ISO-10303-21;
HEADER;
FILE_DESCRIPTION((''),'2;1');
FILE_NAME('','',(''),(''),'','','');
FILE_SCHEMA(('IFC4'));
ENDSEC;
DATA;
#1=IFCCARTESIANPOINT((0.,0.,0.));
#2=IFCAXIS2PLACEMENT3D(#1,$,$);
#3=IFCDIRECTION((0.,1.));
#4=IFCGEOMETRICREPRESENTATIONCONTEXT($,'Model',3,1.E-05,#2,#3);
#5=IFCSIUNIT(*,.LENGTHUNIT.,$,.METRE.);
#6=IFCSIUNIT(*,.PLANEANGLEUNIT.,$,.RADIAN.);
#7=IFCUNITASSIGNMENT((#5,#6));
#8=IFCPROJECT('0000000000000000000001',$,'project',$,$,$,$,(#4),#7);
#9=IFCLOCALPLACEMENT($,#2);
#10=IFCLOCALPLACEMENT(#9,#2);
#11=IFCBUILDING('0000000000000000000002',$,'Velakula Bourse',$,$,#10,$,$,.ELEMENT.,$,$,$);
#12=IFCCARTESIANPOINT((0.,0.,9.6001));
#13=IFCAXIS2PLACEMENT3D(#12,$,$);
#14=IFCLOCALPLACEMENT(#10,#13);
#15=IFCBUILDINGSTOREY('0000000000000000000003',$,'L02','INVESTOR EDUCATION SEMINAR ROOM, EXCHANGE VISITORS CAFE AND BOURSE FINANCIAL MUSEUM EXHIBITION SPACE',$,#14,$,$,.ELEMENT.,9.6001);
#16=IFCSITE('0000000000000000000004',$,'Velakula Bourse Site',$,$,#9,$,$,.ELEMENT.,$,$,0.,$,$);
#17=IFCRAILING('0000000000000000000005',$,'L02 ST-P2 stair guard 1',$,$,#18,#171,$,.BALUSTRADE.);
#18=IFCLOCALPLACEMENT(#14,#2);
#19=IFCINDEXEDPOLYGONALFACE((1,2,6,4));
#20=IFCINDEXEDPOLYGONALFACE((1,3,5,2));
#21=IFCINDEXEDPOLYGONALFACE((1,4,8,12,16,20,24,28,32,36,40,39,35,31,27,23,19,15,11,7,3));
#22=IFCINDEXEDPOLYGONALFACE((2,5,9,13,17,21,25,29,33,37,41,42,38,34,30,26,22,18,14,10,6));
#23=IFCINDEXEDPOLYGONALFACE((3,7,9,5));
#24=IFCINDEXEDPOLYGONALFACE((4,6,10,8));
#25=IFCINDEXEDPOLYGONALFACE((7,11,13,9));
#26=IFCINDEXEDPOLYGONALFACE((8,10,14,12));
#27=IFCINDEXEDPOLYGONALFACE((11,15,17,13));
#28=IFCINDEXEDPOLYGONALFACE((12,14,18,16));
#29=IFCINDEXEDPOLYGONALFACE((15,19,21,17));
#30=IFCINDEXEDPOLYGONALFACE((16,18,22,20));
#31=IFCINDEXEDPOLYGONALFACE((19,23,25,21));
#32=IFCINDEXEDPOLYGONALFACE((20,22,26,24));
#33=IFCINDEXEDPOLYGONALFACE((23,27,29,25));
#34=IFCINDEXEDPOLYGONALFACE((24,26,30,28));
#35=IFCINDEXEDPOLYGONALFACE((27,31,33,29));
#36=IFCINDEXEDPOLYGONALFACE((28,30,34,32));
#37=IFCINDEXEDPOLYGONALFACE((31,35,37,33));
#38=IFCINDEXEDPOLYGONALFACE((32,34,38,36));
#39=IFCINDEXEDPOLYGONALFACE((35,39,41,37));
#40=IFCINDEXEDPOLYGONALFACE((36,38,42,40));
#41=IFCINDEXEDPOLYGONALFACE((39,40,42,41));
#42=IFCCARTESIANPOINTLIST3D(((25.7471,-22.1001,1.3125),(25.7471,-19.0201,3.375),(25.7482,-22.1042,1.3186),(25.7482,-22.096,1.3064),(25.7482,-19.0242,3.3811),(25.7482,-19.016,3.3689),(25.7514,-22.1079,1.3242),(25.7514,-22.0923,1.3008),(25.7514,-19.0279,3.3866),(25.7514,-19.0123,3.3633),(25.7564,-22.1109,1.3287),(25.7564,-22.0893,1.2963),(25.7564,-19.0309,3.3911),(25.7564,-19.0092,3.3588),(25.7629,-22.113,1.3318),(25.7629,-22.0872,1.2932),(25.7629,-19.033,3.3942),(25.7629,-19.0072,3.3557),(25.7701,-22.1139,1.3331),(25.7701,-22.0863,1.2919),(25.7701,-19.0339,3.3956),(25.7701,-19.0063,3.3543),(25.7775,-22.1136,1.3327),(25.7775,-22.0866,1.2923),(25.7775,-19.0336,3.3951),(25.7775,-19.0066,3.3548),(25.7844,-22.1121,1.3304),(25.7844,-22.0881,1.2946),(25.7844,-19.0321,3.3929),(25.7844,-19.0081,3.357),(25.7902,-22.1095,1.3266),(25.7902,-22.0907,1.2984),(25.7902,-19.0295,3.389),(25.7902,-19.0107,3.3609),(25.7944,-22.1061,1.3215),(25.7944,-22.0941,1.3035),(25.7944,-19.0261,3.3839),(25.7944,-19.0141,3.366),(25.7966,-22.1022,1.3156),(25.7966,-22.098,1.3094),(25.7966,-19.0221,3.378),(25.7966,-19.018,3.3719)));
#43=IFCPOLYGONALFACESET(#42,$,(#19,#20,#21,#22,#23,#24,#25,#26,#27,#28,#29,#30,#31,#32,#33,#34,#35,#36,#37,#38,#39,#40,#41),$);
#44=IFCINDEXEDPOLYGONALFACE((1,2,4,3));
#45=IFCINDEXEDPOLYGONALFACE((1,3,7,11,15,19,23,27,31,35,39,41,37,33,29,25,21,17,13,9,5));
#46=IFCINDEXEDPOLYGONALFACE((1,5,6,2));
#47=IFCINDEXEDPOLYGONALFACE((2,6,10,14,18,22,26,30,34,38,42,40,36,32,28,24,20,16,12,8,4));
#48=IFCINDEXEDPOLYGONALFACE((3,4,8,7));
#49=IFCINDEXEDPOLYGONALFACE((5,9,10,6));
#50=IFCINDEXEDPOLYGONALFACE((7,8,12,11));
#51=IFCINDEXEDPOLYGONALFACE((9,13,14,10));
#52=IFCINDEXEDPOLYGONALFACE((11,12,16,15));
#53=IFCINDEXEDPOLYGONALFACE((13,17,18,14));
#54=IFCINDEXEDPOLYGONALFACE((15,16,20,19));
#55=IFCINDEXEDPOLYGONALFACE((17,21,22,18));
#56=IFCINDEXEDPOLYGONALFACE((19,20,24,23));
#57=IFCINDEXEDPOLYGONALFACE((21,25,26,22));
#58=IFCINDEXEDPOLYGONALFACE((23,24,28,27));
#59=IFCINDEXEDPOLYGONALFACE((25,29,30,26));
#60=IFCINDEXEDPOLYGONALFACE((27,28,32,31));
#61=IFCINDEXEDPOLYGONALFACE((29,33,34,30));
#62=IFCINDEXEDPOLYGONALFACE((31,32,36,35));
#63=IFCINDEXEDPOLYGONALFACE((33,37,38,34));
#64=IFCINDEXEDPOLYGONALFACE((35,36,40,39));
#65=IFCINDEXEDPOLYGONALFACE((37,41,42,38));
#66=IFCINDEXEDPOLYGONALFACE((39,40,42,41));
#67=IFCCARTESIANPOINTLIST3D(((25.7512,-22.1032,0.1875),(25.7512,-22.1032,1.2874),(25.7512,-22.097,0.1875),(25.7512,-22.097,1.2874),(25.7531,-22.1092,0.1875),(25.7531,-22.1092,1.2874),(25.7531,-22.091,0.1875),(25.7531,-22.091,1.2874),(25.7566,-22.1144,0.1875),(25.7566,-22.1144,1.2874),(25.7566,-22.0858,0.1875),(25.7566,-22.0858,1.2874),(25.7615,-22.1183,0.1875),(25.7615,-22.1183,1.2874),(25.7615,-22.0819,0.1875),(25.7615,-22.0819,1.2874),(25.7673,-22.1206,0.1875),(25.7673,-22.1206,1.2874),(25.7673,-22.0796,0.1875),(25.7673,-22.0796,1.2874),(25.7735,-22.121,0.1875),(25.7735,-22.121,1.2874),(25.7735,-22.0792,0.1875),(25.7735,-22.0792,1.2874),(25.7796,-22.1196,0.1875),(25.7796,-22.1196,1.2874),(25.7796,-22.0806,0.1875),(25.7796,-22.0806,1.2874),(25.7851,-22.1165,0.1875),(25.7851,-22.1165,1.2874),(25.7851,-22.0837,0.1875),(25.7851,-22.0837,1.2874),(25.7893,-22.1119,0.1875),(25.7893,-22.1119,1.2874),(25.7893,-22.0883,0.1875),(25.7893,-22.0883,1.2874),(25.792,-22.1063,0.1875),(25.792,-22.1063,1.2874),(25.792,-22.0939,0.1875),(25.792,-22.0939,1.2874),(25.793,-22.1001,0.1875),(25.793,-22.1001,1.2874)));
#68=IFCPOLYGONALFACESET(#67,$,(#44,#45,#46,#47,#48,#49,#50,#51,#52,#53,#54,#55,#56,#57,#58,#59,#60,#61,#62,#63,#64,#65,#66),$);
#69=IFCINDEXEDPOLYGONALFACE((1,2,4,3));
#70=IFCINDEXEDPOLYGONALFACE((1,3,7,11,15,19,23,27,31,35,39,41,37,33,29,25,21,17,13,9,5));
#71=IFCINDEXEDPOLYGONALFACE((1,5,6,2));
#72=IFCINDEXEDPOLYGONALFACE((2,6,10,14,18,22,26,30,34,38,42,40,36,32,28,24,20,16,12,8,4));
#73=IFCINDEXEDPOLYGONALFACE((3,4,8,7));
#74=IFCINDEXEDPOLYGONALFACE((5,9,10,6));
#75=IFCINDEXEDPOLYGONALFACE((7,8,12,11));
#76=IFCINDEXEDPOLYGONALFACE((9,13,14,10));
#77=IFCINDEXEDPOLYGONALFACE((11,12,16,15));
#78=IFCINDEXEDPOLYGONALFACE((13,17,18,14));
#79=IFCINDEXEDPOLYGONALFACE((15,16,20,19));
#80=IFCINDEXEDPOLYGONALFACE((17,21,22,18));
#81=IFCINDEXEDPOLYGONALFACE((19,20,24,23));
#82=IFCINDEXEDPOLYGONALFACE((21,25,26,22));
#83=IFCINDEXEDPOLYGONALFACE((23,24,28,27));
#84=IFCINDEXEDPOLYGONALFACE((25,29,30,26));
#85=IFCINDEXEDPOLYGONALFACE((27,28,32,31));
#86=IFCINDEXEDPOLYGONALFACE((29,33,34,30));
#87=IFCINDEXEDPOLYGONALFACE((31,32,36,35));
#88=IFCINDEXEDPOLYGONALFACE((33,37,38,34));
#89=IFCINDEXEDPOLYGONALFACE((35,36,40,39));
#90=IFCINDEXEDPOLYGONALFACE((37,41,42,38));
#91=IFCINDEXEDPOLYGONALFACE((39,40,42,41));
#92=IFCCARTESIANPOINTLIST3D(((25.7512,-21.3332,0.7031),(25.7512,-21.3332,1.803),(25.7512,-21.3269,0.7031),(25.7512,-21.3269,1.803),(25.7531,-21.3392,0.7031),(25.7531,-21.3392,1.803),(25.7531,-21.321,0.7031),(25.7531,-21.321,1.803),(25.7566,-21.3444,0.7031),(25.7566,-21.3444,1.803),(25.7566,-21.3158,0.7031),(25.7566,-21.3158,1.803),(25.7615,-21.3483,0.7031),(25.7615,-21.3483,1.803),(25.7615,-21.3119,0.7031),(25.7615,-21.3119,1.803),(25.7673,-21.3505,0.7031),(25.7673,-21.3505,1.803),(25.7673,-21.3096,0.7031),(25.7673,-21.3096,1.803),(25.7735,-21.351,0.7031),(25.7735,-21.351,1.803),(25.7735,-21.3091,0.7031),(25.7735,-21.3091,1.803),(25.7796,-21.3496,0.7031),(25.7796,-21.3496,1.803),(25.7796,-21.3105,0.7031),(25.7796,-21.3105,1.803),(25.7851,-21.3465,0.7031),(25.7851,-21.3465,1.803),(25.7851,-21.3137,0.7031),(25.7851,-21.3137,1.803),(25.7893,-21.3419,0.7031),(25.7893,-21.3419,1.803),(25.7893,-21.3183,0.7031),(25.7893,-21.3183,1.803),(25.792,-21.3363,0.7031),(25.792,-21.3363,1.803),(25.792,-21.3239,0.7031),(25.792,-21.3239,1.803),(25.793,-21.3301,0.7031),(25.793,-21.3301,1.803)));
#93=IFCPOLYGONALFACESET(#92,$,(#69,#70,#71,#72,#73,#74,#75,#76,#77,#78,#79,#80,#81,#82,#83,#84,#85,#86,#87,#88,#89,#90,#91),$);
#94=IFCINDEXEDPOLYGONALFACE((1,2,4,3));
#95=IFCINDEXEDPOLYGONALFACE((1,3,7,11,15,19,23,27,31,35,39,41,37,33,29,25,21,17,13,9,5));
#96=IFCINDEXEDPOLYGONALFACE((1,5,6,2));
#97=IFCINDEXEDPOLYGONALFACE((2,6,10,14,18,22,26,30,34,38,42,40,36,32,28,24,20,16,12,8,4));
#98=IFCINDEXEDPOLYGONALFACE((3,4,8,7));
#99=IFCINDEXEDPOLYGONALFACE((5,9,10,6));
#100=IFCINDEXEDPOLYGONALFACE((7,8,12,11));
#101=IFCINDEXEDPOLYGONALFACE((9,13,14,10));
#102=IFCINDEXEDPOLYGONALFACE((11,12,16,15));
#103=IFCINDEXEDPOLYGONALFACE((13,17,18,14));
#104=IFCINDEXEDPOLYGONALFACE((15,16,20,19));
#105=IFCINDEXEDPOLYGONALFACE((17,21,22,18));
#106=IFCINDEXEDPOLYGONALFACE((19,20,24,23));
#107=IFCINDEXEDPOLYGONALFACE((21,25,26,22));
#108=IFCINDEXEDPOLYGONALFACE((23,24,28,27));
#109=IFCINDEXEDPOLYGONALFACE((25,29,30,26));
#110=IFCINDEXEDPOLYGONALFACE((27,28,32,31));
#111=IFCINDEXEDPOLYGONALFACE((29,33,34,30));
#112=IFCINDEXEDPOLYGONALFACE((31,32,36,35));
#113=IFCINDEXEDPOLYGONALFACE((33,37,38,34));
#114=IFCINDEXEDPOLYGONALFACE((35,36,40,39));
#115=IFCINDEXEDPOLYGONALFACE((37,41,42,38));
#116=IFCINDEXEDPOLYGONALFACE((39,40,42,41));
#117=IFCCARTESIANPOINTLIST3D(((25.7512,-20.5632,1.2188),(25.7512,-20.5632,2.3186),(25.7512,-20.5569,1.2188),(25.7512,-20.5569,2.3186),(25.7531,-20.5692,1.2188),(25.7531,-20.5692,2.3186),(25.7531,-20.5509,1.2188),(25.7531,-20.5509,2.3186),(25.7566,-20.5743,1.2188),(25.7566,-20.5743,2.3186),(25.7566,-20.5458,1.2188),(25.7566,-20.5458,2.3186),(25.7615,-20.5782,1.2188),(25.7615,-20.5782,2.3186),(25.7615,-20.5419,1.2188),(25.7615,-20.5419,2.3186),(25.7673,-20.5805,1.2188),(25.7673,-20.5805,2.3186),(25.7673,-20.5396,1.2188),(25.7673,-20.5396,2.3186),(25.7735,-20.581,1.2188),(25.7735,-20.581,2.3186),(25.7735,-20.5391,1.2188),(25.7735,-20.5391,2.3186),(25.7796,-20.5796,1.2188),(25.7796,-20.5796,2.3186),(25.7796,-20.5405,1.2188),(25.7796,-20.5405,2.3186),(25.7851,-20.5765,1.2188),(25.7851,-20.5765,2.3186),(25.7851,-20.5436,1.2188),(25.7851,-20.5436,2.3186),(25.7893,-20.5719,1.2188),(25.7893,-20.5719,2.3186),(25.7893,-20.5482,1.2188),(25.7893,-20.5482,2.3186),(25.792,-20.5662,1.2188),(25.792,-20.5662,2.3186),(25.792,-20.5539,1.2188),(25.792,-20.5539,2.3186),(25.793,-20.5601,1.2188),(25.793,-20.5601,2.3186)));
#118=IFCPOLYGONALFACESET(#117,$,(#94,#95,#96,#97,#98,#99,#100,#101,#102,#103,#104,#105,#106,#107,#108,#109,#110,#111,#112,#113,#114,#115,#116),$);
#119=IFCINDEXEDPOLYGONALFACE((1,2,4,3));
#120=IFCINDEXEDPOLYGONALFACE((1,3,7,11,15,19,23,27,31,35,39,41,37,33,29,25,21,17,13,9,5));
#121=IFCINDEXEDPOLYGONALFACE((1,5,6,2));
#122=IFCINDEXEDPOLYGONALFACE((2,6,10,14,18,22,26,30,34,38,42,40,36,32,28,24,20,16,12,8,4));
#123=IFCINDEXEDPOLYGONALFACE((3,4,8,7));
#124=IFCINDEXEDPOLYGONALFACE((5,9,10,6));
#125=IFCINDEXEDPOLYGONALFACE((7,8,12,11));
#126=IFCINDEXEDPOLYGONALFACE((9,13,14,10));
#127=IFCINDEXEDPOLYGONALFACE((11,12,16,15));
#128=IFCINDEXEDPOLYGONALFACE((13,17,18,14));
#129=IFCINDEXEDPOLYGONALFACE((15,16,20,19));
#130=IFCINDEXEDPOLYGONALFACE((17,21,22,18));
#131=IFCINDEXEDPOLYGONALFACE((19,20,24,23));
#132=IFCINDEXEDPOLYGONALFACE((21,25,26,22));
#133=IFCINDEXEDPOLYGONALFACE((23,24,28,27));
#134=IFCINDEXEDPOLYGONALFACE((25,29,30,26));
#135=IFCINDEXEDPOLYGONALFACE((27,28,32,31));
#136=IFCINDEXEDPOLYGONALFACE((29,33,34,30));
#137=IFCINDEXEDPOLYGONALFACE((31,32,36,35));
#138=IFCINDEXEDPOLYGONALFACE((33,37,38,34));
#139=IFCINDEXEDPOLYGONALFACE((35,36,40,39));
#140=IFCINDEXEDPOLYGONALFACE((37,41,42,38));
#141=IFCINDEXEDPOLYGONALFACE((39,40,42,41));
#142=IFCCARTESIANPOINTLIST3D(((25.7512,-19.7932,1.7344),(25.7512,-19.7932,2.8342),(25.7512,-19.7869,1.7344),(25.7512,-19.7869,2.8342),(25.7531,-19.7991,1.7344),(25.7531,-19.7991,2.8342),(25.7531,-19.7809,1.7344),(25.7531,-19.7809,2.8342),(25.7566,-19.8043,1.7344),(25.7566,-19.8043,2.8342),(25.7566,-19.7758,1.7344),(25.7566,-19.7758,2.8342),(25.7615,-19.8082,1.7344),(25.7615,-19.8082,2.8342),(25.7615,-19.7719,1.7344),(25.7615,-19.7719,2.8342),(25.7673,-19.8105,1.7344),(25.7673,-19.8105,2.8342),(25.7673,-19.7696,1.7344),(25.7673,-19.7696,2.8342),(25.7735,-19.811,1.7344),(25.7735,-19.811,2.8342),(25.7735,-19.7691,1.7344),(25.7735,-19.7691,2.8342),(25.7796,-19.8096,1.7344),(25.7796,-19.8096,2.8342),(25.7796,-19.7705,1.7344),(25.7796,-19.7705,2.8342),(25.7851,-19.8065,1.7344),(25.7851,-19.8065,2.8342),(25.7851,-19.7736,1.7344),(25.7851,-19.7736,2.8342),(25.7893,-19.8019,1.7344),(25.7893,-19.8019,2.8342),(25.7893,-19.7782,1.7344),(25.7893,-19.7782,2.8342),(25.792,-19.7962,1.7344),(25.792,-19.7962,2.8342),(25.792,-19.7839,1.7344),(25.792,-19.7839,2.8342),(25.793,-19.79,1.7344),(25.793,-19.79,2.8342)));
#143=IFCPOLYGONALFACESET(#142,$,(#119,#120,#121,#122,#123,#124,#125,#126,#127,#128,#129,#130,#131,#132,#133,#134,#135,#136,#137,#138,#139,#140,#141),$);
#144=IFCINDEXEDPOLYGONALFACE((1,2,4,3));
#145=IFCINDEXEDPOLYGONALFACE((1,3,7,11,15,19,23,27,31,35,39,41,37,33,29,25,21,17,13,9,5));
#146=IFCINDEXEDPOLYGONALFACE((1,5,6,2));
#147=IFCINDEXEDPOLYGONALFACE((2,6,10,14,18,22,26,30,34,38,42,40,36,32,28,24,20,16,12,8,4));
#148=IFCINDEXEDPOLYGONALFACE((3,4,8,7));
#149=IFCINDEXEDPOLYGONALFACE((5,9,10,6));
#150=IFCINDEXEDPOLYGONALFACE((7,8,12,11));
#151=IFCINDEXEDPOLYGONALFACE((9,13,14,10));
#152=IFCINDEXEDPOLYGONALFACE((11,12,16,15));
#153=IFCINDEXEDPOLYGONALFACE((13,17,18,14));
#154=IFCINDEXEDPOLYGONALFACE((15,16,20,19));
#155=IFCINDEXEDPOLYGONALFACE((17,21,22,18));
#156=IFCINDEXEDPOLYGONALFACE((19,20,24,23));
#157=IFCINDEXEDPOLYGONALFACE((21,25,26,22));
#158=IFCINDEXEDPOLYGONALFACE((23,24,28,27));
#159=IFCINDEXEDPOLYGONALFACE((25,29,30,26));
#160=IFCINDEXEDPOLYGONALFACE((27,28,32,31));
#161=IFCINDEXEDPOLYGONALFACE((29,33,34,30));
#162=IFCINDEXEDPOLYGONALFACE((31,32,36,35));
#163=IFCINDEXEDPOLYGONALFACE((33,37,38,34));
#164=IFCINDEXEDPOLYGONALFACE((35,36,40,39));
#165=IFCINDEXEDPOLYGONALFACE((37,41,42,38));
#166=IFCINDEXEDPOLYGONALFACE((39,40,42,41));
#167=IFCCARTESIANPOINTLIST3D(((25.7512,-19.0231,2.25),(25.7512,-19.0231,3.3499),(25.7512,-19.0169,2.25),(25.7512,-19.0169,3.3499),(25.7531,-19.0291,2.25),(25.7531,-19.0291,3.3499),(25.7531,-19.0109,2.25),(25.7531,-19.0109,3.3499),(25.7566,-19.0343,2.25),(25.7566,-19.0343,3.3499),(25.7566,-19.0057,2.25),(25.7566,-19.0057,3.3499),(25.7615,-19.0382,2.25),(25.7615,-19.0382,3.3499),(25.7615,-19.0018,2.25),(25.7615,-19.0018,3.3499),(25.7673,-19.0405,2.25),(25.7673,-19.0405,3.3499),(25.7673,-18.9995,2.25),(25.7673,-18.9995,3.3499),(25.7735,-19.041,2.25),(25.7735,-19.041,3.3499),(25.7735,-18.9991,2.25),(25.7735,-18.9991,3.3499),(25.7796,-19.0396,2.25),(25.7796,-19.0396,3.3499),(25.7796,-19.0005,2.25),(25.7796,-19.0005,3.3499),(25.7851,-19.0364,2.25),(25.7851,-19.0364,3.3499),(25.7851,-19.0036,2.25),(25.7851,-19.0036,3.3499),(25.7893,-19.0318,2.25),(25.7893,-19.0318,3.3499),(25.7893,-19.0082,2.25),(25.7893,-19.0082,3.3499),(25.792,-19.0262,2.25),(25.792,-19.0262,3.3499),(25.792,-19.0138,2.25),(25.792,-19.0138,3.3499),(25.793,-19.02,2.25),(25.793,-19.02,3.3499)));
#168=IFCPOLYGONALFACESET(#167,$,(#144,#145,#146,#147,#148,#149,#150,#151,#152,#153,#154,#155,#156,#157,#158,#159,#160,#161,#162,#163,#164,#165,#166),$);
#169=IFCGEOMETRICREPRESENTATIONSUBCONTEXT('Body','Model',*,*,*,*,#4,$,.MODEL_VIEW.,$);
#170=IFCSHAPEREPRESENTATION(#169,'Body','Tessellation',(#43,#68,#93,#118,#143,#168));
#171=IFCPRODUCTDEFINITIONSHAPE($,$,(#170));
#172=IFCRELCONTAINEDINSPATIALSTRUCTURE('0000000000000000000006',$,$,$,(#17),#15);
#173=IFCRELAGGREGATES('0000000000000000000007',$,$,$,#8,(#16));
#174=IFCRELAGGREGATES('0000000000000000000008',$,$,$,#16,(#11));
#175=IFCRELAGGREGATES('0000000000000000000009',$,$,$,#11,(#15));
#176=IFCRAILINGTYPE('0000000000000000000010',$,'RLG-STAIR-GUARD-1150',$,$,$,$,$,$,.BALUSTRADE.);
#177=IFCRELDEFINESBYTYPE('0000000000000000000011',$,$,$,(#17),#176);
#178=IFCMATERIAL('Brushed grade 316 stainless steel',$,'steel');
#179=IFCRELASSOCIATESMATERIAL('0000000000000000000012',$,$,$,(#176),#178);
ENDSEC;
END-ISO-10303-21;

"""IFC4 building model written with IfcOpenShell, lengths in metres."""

from ifc_helpers import new_model, si_unit, direction, frame, origin, origin_2d, place, context, subcontext, project, spatial, circle, extrude, material, type_object, element, save


model = new_model("IFC4")

# Units and contexts
model_context = context("Model", 3, precision=1e-05, world=origin(), true_north=direction((0.0, 1.0)))
body_context = subcontext(model_context, "Body", "Model", "MODEL_VIEW")
ifc_project = project(units=[si_unit("LENGTHUNIT", "METRE"), si_unit("PLANEANGLEUNIT", "RADIAN")], contexts=[model_context])

# Site, building, storey
site_placement = place(None, origin())
site = spatial("IfcSite", under=ifc_project, at=site_placement, Name="Velakula Bourse Site", CompositionType="ELEMENT", RefElevation=0.0)
building_placement = place(site_placement, origin())
building = spatial("IfcBuilding", under=site, at=building_placement, Name="Velakula Bourse", CompositionType="ELEMENT")
storey_placement = place(building_placement, frame((0.0, 0.0, 9.6001)))
storey = spatial("IfcBuildingStorey", under=building, at=storey_placement, Name="L02", Description="INVESTOR EDUCATION SEMINAR ROOM, EXCHANGE VISITORS CAFE AND BOURSE FINANCIAL MUSEUM EXHIBITION SPACE", CompositionType="ELEMENT", Elevation=9.6001)

# Railing
ifc_material_1 = material(Name="Brushed grade 316 stainless steel", Category="steel")
railing_type_1 = type_object("IfcRailingType", Name="RLG-STAIR-GUARD-1150", PredefinedType="BALUSTRADE", material=ifc_material_1)
railing_1_placement = place(storey_placement, frame((25.772, -22.1001, 0.1875)))
element("IfcRailing", 1, at=railing_1_placement, inside=storey, type_object=railing_type_1, Name="L02 ST-P2 stair guard 1", PredefinedType="BALUSTRADE", context=body_context, shape_type="SweptSolid", body=[
    extrude(circle(Radius=0.0249, at=origin_2d()), frame((0.0, 0.0, 1.125), z_axis=(0.0, 0.830914, 0.556401), x_axis=(-1.0, 0.0, 0.0)), (0.0, 0.0, 1.0), 3.7068),
    extrude(circle(Radius=0.021, at=origin_2d()), origin(), (0.0, 0.0, 1.0), 1.0999),
    extrude(circle(Radius=0.021, at=origin_2d()), frame((0.0, 0.77, 0.5156)), (0.0, 0.0, 1.0), 1.0999),
    extrude(circle(Radius=0.021, at=origin_2d()), frame((0.0, 1.54, 1.0312)), (0.0, 0.0, 1.0), 1.0999),
    extrude(circle(Radius=0.021, at=origin_2d()), frame((0.0, 2.3101, 1.5469)), (0.0, 0.0, 1.0), 1.0999),
    extrude(circle(Radius=0.021, at=origin_2d()), frame((0.0, 3.0801, 2.0625)), (0.0, 0.0, 1.0), 1.0999),
])

save(model, "model.ifc")
